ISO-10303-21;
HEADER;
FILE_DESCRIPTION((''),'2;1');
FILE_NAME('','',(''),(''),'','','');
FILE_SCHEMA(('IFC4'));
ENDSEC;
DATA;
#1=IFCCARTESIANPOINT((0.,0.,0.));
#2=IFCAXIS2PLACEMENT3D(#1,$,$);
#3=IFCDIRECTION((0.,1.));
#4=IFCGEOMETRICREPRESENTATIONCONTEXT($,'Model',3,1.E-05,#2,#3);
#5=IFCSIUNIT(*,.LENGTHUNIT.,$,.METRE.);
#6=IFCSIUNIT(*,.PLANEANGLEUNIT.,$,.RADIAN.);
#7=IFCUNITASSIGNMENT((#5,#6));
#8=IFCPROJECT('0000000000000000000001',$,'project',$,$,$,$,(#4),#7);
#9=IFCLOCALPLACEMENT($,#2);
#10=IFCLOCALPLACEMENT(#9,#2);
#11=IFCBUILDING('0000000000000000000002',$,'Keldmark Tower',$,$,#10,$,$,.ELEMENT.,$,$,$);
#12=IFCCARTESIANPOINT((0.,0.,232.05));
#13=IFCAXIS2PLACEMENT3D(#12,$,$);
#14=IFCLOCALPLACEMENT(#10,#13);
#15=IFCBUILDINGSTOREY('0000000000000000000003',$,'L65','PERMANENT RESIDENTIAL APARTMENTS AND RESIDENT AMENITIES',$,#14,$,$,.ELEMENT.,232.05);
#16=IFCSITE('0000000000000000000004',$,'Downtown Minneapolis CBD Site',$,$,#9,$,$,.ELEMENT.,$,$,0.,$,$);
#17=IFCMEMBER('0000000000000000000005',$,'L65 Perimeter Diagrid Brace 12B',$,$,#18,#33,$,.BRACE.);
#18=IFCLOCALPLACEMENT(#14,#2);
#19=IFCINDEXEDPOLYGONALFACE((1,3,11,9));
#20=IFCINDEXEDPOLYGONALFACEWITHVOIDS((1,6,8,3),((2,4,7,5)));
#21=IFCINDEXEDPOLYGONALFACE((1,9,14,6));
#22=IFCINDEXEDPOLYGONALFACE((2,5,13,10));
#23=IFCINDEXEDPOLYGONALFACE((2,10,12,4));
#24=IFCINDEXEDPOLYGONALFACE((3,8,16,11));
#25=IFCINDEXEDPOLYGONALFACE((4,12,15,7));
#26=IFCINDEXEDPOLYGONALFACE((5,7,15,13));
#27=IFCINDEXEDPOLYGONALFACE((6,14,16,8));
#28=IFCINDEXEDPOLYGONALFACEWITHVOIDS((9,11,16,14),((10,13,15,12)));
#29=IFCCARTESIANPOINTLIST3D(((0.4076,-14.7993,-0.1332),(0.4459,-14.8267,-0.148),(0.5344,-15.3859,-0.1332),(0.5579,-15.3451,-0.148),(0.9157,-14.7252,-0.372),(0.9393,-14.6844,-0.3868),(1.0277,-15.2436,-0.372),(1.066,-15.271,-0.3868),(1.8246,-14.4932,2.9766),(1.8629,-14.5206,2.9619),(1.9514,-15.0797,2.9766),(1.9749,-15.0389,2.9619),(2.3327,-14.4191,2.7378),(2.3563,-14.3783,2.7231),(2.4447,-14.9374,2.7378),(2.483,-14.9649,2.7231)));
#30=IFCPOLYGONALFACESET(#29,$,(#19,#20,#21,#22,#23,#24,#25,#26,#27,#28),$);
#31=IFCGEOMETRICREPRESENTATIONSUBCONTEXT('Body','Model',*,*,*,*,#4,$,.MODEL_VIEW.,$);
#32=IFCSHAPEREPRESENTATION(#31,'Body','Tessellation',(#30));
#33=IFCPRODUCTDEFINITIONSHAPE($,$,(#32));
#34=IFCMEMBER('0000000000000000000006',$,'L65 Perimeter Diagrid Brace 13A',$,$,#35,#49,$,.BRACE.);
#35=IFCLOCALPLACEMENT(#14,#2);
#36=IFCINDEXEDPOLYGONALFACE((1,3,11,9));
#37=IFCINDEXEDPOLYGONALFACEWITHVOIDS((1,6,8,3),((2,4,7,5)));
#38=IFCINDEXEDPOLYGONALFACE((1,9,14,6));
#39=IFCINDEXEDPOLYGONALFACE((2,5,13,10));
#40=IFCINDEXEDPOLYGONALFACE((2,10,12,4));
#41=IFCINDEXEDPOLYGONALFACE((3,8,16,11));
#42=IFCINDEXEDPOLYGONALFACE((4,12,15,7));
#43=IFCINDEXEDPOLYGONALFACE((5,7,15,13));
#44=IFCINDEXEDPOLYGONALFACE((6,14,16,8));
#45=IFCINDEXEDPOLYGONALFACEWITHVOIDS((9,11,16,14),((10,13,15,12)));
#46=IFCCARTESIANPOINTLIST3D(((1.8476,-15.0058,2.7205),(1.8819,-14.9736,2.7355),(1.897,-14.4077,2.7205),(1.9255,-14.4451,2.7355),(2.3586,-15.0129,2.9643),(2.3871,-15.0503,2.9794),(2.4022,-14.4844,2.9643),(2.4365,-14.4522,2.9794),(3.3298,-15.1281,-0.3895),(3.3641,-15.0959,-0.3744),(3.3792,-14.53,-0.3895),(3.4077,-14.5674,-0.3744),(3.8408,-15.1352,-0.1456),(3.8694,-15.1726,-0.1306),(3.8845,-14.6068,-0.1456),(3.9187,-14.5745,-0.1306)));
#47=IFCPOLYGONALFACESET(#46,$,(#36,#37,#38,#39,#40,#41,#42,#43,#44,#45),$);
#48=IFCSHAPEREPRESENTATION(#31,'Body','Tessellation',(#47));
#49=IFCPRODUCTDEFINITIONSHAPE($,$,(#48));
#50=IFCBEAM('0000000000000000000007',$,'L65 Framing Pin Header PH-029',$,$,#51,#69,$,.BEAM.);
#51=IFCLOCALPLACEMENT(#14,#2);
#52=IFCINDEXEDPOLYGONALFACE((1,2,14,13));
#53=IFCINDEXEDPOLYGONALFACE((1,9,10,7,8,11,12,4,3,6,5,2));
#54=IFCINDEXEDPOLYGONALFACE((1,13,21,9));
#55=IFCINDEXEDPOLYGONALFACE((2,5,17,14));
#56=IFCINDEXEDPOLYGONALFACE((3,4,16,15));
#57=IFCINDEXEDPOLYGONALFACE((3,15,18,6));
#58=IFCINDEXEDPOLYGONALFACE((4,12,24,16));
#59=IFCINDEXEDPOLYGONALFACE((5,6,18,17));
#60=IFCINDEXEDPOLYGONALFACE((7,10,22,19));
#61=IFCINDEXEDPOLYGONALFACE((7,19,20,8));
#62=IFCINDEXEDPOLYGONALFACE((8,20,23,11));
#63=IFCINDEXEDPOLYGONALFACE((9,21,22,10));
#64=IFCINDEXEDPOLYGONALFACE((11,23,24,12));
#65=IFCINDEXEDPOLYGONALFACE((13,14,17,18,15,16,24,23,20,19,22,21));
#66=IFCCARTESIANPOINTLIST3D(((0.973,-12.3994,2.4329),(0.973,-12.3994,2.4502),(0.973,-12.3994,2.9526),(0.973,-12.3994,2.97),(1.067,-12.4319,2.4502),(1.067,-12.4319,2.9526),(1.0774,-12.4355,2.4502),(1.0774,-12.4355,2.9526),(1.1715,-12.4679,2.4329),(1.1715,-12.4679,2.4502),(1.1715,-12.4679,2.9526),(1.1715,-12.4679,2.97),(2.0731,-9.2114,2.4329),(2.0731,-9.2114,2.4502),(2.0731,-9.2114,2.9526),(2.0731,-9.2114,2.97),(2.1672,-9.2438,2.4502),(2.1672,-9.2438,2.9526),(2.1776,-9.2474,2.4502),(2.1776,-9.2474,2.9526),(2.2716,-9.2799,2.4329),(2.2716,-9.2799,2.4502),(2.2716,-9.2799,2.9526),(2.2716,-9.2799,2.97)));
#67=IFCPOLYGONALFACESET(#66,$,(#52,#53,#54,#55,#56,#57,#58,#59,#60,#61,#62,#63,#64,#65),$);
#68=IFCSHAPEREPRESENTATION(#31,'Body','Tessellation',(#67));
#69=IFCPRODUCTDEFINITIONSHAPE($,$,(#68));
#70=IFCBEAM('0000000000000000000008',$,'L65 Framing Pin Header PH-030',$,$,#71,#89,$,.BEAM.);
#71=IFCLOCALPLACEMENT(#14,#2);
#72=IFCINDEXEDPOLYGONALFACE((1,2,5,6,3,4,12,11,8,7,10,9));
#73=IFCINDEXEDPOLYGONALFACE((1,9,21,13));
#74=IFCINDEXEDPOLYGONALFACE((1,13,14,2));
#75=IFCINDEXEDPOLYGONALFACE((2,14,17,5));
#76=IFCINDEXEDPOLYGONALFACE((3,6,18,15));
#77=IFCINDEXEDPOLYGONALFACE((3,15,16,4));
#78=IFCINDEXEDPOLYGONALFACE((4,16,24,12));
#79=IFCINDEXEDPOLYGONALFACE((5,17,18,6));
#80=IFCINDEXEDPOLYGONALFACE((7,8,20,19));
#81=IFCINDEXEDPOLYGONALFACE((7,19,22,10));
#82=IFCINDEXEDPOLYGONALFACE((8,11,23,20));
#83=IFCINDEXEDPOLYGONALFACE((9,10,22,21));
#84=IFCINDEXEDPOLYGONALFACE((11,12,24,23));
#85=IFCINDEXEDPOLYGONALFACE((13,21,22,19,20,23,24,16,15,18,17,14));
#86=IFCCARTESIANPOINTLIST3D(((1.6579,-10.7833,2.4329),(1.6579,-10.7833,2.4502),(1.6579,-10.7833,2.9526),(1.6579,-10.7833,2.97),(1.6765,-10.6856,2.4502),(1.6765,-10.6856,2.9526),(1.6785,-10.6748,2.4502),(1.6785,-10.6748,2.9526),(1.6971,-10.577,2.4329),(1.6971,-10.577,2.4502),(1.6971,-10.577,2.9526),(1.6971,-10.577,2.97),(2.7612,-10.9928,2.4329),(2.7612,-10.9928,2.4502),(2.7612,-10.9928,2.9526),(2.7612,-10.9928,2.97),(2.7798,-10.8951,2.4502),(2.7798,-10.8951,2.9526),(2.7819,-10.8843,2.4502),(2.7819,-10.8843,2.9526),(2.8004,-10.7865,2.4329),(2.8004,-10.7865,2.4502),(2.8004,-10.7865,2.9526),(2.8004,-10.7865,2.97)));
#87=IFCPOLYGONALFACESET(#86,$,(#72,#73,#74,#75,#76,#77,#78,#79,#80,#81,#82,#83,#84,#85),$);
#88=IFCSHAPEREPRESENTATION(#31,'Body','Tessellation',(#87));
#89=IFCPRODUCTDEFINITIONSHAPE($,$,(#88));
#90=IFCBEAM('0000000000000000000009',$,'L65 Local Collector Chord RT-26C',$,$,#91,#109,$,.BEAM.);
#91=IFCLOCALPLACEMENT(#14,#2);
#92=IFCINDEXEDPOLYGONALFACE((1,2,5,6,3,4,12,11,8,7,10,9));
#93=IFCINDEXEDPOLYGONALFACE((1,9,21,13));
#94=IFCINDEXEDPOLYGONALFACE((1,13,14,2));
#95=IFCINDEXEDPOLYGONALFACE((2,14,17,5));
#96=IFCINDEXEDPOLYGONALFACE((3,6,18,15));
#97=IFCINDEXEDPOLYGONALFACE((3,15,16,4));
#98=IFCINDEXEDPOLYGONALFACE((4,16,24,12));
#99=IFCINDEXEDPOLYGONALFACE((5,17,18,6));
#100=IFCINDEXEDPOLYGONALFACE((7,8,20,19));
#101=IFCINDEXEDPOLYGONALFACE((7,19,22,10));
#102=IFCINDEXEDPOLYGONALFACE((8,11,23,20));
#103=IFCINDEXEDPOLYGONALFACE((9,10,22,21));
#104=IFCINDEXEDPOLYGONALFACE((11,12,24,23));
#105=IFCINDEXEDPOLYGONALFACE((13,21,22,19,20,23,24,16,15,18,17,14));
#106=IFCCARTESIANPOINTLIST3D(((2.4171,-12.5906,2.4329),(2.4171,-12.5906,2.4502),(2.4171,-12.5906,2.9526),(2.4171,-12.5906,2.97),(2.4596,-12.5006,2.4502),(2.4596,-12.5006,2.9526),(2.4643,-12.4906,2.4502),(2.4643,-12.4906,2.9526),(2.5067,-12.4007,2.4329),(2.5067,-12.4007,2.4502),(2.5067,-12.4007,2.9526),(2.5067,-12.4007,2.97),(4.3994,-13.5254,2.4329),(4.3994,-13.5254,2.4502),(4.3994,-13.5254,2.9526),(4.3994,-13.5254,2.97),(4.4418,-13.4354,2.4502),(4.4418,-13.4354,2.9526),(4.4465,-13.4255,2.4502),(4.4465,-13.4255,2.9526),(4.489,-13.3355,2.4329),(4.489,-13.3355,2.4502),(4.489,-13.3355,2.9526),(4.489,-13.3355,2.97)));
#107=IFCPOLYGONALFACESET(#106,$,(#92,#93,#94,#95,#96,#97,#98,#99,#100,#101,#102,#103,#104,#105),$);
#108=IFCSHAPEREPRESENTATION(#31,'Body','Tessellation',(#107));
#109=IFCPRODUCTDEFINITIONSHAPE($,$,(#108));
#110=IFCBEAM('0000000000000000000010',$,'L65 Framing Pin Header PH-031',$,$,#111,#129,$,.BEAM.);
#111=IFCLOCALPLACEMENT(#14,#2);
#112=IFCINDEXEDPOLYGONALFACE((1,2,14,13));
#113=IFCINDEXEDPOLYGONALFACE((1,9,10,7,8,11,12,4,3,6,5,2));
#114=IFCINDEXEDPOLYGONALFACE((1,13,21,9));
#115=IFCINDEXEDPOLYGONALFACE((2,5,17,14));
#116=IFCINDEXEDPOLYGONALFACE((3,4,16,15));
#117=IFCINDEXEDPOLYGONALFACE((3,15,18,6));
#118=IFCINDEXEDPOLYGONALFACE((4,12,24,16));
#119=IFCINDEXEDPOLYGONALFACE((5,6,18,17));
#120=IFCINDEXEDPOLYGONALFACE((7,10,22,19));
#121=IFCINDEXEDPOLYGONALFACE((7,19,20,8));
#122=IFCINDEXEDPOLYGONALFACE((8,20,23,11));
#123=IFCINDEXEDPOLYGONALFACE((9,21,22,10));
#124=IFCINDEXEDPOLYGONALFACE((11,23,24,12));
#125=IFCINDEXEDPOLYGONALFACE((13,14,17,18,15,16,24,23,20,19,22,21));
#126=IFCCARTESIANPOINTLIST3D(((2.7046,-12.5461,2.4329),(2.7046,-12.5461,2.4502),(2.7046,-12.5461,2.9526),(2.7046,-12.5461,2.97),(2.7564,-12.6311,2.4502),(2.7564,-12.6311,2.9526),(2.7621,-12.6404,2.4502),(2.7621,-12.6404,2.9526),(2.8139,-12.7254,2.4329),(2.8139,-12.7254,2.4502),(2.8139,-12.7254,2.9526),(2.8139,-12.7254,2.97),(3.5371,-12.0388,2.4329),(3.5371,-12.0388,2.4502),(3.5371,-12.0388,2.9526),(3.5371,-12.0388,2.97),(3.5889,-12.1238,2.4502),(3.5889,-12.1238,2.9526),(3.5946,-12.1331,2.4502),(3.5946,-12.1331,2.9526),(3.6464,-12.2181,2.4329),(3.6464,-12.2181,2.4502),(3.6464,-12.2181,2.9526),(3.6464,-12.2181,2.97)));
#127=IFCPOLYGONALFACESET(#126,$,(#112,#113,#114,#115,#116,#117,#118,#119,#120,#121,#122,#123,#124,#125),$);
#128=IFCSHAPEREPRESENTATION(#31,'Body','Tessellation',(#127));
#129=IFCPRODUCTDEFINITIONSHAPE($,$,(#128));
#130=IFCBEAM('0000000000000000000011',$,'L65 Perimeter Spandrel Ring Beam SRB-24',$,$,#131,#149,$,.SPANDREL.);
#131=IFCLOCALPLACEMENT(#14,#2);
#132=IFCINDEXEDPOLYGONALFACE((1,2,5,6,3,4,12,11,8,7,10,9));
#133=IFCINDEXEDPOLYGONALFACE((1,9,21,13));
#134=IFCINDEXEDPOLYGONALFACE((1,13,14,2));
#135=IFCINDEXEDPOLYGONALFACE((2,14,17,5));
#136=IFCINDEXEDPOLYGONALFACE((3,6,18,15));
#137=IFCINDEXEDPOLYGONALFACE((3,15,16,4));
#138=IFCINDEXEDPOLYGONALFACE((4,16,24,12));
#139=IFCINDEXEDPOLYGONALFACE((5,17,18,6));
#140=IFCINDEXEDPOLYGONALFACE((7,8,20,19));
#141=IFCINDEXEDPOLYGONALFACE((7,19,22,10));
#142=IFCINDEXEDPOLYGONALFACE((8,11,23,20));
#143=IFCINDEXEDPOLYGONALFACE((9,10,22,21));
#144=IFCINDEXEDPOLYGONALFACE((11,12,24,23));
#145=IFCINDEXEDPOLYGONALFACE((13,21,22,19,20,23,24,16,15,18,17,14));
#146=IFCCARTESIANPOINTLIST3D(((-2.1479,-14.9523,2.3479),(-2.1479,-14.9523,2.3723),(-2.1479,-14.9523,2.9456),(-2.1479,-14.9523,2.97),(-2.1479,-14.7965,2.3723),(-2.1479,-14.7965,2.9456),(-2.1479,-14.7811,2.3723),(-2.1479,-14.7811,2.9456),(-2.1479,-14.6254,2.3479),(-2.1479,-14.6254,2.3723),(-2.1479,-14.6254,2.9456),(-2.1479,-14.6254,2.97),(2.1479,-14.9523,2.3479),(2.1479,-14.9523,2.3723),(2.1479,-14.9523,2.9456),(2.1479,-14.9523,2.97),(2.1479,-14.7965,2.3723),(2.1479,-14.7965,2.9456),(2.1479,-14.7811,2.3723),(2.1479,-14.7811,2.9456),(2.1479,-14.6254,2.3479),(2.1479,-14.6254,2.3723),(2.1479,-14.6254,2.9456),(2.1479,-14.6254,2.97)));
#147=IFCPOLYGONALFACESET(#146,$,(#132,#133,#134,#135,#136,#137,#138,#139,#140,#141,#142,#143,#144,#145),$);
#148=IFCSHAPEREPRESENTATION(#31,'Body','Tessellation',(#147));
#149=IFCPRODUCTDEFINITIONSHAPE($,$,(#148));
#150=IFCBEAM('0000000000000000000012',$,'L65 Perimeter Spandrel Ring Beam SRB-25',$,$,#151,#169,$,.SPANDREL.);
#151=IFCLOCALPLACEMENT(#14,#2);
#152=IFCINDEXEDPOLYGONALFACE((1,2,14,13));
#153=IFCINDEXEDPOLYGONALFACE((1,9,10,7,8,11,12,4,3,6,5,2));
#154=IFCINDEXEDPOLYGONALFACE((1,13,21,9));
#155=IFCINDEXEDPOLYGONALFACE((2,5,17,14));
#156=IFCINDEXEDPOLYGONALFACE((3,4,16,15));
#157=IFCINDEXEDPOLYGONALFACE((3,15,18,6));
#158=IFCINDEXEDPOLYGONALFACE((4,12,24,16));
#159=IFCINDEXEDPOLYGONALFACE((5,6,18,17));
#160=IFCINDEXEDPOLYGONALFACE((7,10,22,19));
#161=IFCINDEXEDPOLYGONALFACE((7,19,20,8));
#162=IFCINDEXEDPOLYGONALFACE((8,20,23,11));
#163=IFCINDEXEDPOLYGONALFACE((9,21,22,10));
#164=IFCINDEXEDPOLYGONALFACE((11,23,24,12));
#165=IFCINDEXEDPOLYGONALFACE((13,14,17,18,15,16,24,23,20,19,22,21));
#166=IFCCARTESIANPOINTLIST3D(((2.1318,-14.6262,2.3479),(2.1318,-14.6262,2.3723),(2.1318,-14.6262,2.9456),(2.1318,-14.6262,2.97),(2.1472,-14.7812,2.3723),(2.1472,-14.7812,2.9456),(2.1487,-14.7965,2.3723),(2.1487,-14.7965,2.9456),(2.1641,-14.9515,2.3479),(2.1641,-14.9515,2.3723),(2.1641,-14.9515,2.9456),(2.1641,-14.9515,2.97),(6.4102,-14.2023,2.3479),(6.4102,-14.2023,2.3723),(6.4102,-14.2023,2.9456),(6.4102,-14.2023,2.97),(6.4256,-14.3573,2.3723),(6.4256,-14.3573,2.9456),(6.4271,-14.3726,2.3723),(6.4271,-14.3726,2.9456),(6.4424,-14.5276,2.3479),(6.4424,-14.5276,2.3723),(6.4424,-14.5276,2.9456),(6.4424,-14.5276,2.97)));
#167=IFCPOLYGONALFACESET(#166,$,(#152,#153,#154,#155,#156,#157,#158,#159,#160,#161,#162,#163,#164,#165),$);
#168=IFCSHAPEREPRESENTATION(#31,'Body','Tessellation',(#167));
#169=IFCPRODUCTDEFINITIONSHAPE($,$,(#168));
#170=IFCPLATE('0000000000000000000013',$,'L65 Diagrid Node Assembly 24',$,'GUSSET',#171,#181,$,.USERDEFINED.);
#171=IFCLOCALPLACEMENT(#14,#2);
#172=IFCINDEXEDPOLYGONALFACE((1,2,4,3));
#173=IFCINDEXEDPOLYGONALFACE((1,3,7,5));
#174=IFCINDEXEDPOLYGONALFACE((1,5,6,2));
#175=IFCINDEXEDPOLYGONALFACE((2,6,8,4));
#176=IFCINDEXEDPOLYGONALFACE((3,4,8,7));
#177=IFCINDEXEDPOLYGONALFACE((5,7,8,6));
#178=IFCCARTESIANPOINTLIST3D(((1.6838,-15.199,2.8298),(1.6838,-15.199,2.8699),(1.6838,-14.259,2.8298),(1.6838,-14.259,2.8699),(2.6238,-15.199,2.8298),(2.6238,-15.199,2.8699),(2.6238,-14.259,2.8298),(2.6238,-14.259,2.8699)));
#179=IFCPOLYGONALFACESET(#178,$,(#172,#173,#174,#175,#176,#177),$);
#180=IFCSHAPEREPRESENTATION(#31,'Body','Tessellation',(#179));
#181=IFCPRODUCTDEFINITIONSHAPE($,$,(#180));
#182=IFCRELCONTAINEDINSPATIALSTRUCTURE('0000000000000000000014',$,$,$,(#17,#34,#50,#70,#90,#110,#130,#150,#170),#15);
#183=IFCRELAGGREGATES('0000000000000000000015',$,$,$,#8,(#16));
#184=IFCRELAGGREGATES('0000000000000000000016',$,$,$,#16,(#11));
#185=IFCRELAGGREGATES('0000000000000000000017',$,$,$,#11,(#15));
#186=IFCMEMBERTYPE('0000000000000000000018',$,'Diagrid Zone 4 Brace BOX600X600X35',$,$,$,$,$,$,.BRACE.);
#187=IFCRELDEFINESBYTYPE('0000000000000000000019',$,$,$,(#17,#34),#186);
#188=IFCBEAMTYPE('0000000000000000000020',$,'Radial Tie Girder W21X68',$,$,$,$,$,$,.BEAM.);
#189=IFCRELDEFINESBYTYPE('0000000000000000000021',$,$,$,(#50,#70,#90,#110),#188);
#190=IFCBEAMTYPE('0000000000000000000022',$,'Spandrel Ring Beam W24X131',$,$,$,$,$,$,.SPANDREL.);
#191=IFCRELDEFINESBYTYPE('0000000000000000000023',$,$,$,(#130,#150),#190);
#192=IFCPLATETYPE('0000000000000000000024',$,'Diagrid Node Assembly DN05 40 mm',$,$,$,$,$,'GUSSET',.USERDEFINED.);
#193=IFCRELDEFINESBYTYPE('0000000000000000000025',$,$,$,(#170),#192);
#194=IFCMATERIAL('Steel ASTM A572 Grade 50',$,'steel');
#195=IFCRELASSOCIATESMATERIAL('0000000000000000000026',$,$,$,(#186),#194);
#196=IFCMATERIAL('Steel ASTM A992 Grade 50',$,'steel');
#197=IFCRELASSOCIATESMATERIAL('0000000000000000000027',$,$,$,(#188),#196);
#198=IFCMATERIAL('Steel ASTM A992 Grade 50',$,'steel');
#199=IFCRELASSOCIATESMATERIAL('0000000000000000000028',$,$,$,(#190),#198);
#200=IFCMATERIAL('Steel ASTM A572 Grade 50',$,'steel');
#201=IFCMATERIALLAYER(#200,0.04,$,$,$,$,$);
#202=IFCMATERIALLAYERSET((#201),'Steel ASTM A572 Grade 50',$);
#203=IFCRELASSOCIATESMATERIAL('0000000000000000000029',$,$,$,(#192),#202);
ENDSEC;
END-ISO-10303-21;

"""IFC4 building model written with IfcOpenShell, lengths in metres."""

from ifc_helpers import new_model, si_unit, direction, frame, origin, origin_2d, place, context, subcontext, project, spatial, rectangle, hollow_rectangle, i_section, extrude, material, layer, layer_set, material_profile, profile_set, type_object, element, save


model = new_model("IFC4")

# Units and contexts
model_context = context("Model", 3, precision=1e-05, world=origin(), true_north=direction((0.0, 1.0)))
body_context = subcontext(model_context, "Body", "Model", "MODEL_VIEW")
ifc_project = project(units=[si_unit("LENGTHUNIT", "METRE"), si_unit("PLANEANGLEUNIT", "RADIAN")], contexts=[model_context])

# Site, building, storey
site_placement = place(None, origin())
site = spatial("IfcSite", under=ifc_project, at=site_placement, Name="Downtown Minneapolis CBD Site", CompositionType="ELEMENT", RefElevation=0.0)
building_placement = place(site_placement, origin())
building = spatial("IfcBuilding", under=site, at=building_placement, Name="Keldmark Tower", CompositionType="ELEMENT")
storey_placement = place(building_placement, frame((0.0, 0.0, 232.05)))
storey = spatial("IfcBuildingStorey", under=building, at=storey_placement, Name="L65", Description="PERMANENT RESIDENTIAL APARTMENTS AND RESIDENT AMENITIES", CompositionType="ELEMENT", Elevation=232.05)

# Members
ifc_material_1 = material(Name="Steel ASTM A572 Grade 50", Category="steel")
ifc_material_profile_1 = material_profile(ifc_material_1, hollow_rectangle(XDim=0.6001, YDim=0.6001, WallThickness=0.0349, at=origin_2d()), Name="BOX600X600X35")
ifc_profile_set_1 = profile_set([ifc_material_profile_1], Name="Steel ASTM A572 Grade 50")
member_type = type_object("IfcMemberType", Name="Diagrid Zone 4 Brace BOX600X600X35", PredefinedType="BRACE", material=ifc_profile_set_1)
member_1_placement = place(storey_placement, frame((0.7368, -15.0352, -0.26), z_axis=(0.412978, 0.089227, 0.90636), x_axis=(-0.211185, 0.977446, 0.0)))
element("IfcMember", 1, at=member_1_placement, inside=storey, type_object=member_type, Name="L65 Perimeter Diagrid Brace 12B", PredefinedType="BRACE", context=body_context, shape_type="SweptSolid", body=[
    extrude(hollow_rectangle(XDim=0.6001, YDim=0.6001, WallThickness=0.0349, at=origin_2d()), origin(), (0.0, 0.0, 1.0), 3.4312),
])
member_2_placement = place(storey_placement, frame((3.6243, -14.8513, -0.26), z_axis=(-0.429968, 0.035482, 0.902147), x_axis=(-0.082244, -0.996612, 0.0)))
element("IfcMember", 2, at=member_2_placement, inside=storey, type_object=member_type, Name="L65 Perimeter Diagrid Brace 13A", PredefinedType="BRACE", context=body_context, shape_type="SweptSolid", body=[
    extrude(hollow_rectangle(XDim=0.6001, YDim=0.6001, WallThickness=0.0349, at=origin_2d()), origin(), (0.0, 0.0, 1.0), 3.4473),
])

# Beams
ifc_material_2 = material(Name="Steel ASTM A992 Grade 50", Category="steel")
ifc_material_profile_2 = material_profile(ifc_material_2, i_section(OverallWidth=0.21, OverallDepth=0.5371, WebThickness=0.011, FlangeThickness=0.0173, at=origin_2d()), Name="W21X68")
ifc_profile_set_2 = profile_set([ifc_material_profile_2], Name="Steel ASTM A992 Grade 50")
beam_type_1 = type_object("IfcBeamType", Name="Radial Tie Girder W21X68", PredefinedType="BEAM", material=ifc_profile_set_2)
beam_1_placement = place(storey_placement, frame((2.1724, -9.2456, 2.7014), z_axis=(-0.3262, -0.945301, 0.0), x_axis=(0.945301, -0.3262, 0.0)))
element("IfcBeam", 3, at=beam_1_placement, inside=storey, type_object=beam_type_1, Name="L65 Framing Pin Header PH-029", PredefinedType="BEAM", context=body_context, shape_type="SweptSolid", body=[
    extrude(i_section(OverallWidth=0.21, OverallDepth=0.5371, WebThickness=0.011, FlangeThickness=0.0173, at=origin_2d()), origin(), (0.0, 0.0, 1.0), 3.3726),
])
beam_2_placement = place(storey_placement, frame((1.6775, -10.6802, 2.7014), z_axis=(0.982449, -0.186533, 0.0), x_axis=(0.186533, 0.982449, 0.0)))
element("IfcBeam", 4, at=beam_2_placement, inside=storey, type_object=beam_type_1, Name="L65 Framing Pin Header PH-030", PredefinedType="BEAM", context=body_context, shape_type="SweptSolid", body=[
    extrude(i_section(OverallWidth=0.21, OverallDepth=0.5371, WebThickness=0.011, FlangeThickness=0.0173, at=origin_2d()), origin(), (0.0, 0.0, 1.0), 1.123),
])
beam_3_placement = place(storey_placement, frame((2.4619, -12.4956, 2.7014), z_axis=(0.904462, -0.426553, 0.0), x_axis=(0.426553, 0.904462, 0.0)))
element("IfcBeam", 5, at=beam_3_placement, inside=storey, type_object=beam_type_1, Name="L65 Local Collector Chord RT-26C", PredefinedType="BEAM", context=body_context, shape_type="SweptSolid", body=[
    extrude(i_section(OverallWidth=0.21, OverallDepth=0.5371, WebThickness=0.011, FlangeThickness=0.0173, at=origin_2d()), origin(), (0.0, 0.0, 1.0), 2.1917),
])
beam_4_placement = place(storey_placement, frame((2.7593, -12.6357, 2.7014), z_axis=(0.853937, 0.520376, 0.0), x_axis=(-0.520376, 0.853937, 0.0)))
element("IfcBeam", 6, at=beam_4_placement, inside=storey, type_object=beam_type_1, Name="L65 Framing Pin Header PH-031", PredefinedType="BEAM", context=body_context, shape_type="SweptSolid", body=[
    extrude(i_section(OverallWidth=0.21, OverallDepth=0.5371, WebThickness=0.011, FlangeThickness=0.0173, at=origin_2d()), origin(), (0.0, 0.0, 1.0), 0.9749),
])
ifc_material_3 = material(Name="Steel ASTM A992 Grade 50", Category="steel")
ifc_material_profile_3 = material_profile(ifc_material_3, i_section(OverallWidth=0.3269, OverallDepth=0.6221, WebThickness=0.0154, FlangeThickness=0.0244, at=origin_2d()), Name="W24X131")
ifc_profile_set_3 = profile_set([ifc_material_profile_3], Name="Steel ASTM A992 Grade 50")
beam_type_2 = type_object("IfcBeamType", Name="Spandrel Ring Beam W24X131", PredefinedType="SPANDREL", material=ifc_profile_set_3)
beam_5_placement = place(storey_placement, frame((-2.1479, -14.7888, 2.6589), z_axis=(1.0, 0.0, 0.0), x_axis=(0.0, 1.0, 0.0)))
element("IfcBeam", 7, at=beam_5_placement, inside=storey, type_object=beam_type_2, Name="L65 Perimeter Spandrel Ring Beam SRB-24", PredefinedType="SPANDREL", context=body_context, shape_type="SweptSolid", body=[
    extrude(i_section(OverallWidth=0.3269, OverallDepth=0.6221, WebThickness=0.0154, FlangeThickness=0.0244, at=origin_2d()), origin(), (0.0, 0.0, 1.0), 4.2959),
])
beam_6_placement = place(storey_placement, frame((2.1479, -14.7888, 2.6589), z_axis=(0.995129, 0.098582, 0.0), x_axis=(-0.098582, 0.995129, 0.0)))
element("IfcBeam", 8, at=beam_6_placement, inside=storey, type_object=beam_type_2, Name="L65 Perimeter Spandrel Ring Beam SRB-25", PredefinedType="SPANDREL", context=body_context, shape_type="SweptSolid", body=[
    extrude(i_section(OverallWidth=0.3269, OverallDepth=0.6221, WebThickness=0.0154, FlangeThickness=0.0244, at=origin_2d()), origin(), (0.0, 0.0, 1.0), 4.2993),
])

# Plate
ifc_material_4 = material(Name="Steel ASTM A572 Grade 50", Category="steel")
ifc_layer_1 = layer(ifc_material_4, 0.04)
ifc_layer_set_1 = layer_set([ifc_layer_1], Name="Steel ASTM A572 Grade 50")
plate_type = type_object("IfcPlateType", Name="Diagrid Node Assembly DN05 40 mm", ElementType="GUSSET", PredefinedType="USERDEFINED", material=ifc_layer_set_1)
plate_placement = place(storey_placement, frame((2.1538, -14.729, 2.8298), z_axis=(0.0, 0.0, 1.0), x_axis=(1.0, 0.0, 0.0)))
element("IfcPlate", 9, at=plate_placement, inside=storey, type_object=plate_type, Name="L65 Diagrid Node Assembly 24", ObjectType="GUSSET", PredefinedType="USERDEFINED", context=body_context, shape_type="SweptSolid", body=[
    extrude(rectangle(XDim=0.9399, YDim=0.9399, at=origin_2d()), origin(), (0.0, 0.0, 1.0), 0.04),
])

save(model, "model.ifc")
